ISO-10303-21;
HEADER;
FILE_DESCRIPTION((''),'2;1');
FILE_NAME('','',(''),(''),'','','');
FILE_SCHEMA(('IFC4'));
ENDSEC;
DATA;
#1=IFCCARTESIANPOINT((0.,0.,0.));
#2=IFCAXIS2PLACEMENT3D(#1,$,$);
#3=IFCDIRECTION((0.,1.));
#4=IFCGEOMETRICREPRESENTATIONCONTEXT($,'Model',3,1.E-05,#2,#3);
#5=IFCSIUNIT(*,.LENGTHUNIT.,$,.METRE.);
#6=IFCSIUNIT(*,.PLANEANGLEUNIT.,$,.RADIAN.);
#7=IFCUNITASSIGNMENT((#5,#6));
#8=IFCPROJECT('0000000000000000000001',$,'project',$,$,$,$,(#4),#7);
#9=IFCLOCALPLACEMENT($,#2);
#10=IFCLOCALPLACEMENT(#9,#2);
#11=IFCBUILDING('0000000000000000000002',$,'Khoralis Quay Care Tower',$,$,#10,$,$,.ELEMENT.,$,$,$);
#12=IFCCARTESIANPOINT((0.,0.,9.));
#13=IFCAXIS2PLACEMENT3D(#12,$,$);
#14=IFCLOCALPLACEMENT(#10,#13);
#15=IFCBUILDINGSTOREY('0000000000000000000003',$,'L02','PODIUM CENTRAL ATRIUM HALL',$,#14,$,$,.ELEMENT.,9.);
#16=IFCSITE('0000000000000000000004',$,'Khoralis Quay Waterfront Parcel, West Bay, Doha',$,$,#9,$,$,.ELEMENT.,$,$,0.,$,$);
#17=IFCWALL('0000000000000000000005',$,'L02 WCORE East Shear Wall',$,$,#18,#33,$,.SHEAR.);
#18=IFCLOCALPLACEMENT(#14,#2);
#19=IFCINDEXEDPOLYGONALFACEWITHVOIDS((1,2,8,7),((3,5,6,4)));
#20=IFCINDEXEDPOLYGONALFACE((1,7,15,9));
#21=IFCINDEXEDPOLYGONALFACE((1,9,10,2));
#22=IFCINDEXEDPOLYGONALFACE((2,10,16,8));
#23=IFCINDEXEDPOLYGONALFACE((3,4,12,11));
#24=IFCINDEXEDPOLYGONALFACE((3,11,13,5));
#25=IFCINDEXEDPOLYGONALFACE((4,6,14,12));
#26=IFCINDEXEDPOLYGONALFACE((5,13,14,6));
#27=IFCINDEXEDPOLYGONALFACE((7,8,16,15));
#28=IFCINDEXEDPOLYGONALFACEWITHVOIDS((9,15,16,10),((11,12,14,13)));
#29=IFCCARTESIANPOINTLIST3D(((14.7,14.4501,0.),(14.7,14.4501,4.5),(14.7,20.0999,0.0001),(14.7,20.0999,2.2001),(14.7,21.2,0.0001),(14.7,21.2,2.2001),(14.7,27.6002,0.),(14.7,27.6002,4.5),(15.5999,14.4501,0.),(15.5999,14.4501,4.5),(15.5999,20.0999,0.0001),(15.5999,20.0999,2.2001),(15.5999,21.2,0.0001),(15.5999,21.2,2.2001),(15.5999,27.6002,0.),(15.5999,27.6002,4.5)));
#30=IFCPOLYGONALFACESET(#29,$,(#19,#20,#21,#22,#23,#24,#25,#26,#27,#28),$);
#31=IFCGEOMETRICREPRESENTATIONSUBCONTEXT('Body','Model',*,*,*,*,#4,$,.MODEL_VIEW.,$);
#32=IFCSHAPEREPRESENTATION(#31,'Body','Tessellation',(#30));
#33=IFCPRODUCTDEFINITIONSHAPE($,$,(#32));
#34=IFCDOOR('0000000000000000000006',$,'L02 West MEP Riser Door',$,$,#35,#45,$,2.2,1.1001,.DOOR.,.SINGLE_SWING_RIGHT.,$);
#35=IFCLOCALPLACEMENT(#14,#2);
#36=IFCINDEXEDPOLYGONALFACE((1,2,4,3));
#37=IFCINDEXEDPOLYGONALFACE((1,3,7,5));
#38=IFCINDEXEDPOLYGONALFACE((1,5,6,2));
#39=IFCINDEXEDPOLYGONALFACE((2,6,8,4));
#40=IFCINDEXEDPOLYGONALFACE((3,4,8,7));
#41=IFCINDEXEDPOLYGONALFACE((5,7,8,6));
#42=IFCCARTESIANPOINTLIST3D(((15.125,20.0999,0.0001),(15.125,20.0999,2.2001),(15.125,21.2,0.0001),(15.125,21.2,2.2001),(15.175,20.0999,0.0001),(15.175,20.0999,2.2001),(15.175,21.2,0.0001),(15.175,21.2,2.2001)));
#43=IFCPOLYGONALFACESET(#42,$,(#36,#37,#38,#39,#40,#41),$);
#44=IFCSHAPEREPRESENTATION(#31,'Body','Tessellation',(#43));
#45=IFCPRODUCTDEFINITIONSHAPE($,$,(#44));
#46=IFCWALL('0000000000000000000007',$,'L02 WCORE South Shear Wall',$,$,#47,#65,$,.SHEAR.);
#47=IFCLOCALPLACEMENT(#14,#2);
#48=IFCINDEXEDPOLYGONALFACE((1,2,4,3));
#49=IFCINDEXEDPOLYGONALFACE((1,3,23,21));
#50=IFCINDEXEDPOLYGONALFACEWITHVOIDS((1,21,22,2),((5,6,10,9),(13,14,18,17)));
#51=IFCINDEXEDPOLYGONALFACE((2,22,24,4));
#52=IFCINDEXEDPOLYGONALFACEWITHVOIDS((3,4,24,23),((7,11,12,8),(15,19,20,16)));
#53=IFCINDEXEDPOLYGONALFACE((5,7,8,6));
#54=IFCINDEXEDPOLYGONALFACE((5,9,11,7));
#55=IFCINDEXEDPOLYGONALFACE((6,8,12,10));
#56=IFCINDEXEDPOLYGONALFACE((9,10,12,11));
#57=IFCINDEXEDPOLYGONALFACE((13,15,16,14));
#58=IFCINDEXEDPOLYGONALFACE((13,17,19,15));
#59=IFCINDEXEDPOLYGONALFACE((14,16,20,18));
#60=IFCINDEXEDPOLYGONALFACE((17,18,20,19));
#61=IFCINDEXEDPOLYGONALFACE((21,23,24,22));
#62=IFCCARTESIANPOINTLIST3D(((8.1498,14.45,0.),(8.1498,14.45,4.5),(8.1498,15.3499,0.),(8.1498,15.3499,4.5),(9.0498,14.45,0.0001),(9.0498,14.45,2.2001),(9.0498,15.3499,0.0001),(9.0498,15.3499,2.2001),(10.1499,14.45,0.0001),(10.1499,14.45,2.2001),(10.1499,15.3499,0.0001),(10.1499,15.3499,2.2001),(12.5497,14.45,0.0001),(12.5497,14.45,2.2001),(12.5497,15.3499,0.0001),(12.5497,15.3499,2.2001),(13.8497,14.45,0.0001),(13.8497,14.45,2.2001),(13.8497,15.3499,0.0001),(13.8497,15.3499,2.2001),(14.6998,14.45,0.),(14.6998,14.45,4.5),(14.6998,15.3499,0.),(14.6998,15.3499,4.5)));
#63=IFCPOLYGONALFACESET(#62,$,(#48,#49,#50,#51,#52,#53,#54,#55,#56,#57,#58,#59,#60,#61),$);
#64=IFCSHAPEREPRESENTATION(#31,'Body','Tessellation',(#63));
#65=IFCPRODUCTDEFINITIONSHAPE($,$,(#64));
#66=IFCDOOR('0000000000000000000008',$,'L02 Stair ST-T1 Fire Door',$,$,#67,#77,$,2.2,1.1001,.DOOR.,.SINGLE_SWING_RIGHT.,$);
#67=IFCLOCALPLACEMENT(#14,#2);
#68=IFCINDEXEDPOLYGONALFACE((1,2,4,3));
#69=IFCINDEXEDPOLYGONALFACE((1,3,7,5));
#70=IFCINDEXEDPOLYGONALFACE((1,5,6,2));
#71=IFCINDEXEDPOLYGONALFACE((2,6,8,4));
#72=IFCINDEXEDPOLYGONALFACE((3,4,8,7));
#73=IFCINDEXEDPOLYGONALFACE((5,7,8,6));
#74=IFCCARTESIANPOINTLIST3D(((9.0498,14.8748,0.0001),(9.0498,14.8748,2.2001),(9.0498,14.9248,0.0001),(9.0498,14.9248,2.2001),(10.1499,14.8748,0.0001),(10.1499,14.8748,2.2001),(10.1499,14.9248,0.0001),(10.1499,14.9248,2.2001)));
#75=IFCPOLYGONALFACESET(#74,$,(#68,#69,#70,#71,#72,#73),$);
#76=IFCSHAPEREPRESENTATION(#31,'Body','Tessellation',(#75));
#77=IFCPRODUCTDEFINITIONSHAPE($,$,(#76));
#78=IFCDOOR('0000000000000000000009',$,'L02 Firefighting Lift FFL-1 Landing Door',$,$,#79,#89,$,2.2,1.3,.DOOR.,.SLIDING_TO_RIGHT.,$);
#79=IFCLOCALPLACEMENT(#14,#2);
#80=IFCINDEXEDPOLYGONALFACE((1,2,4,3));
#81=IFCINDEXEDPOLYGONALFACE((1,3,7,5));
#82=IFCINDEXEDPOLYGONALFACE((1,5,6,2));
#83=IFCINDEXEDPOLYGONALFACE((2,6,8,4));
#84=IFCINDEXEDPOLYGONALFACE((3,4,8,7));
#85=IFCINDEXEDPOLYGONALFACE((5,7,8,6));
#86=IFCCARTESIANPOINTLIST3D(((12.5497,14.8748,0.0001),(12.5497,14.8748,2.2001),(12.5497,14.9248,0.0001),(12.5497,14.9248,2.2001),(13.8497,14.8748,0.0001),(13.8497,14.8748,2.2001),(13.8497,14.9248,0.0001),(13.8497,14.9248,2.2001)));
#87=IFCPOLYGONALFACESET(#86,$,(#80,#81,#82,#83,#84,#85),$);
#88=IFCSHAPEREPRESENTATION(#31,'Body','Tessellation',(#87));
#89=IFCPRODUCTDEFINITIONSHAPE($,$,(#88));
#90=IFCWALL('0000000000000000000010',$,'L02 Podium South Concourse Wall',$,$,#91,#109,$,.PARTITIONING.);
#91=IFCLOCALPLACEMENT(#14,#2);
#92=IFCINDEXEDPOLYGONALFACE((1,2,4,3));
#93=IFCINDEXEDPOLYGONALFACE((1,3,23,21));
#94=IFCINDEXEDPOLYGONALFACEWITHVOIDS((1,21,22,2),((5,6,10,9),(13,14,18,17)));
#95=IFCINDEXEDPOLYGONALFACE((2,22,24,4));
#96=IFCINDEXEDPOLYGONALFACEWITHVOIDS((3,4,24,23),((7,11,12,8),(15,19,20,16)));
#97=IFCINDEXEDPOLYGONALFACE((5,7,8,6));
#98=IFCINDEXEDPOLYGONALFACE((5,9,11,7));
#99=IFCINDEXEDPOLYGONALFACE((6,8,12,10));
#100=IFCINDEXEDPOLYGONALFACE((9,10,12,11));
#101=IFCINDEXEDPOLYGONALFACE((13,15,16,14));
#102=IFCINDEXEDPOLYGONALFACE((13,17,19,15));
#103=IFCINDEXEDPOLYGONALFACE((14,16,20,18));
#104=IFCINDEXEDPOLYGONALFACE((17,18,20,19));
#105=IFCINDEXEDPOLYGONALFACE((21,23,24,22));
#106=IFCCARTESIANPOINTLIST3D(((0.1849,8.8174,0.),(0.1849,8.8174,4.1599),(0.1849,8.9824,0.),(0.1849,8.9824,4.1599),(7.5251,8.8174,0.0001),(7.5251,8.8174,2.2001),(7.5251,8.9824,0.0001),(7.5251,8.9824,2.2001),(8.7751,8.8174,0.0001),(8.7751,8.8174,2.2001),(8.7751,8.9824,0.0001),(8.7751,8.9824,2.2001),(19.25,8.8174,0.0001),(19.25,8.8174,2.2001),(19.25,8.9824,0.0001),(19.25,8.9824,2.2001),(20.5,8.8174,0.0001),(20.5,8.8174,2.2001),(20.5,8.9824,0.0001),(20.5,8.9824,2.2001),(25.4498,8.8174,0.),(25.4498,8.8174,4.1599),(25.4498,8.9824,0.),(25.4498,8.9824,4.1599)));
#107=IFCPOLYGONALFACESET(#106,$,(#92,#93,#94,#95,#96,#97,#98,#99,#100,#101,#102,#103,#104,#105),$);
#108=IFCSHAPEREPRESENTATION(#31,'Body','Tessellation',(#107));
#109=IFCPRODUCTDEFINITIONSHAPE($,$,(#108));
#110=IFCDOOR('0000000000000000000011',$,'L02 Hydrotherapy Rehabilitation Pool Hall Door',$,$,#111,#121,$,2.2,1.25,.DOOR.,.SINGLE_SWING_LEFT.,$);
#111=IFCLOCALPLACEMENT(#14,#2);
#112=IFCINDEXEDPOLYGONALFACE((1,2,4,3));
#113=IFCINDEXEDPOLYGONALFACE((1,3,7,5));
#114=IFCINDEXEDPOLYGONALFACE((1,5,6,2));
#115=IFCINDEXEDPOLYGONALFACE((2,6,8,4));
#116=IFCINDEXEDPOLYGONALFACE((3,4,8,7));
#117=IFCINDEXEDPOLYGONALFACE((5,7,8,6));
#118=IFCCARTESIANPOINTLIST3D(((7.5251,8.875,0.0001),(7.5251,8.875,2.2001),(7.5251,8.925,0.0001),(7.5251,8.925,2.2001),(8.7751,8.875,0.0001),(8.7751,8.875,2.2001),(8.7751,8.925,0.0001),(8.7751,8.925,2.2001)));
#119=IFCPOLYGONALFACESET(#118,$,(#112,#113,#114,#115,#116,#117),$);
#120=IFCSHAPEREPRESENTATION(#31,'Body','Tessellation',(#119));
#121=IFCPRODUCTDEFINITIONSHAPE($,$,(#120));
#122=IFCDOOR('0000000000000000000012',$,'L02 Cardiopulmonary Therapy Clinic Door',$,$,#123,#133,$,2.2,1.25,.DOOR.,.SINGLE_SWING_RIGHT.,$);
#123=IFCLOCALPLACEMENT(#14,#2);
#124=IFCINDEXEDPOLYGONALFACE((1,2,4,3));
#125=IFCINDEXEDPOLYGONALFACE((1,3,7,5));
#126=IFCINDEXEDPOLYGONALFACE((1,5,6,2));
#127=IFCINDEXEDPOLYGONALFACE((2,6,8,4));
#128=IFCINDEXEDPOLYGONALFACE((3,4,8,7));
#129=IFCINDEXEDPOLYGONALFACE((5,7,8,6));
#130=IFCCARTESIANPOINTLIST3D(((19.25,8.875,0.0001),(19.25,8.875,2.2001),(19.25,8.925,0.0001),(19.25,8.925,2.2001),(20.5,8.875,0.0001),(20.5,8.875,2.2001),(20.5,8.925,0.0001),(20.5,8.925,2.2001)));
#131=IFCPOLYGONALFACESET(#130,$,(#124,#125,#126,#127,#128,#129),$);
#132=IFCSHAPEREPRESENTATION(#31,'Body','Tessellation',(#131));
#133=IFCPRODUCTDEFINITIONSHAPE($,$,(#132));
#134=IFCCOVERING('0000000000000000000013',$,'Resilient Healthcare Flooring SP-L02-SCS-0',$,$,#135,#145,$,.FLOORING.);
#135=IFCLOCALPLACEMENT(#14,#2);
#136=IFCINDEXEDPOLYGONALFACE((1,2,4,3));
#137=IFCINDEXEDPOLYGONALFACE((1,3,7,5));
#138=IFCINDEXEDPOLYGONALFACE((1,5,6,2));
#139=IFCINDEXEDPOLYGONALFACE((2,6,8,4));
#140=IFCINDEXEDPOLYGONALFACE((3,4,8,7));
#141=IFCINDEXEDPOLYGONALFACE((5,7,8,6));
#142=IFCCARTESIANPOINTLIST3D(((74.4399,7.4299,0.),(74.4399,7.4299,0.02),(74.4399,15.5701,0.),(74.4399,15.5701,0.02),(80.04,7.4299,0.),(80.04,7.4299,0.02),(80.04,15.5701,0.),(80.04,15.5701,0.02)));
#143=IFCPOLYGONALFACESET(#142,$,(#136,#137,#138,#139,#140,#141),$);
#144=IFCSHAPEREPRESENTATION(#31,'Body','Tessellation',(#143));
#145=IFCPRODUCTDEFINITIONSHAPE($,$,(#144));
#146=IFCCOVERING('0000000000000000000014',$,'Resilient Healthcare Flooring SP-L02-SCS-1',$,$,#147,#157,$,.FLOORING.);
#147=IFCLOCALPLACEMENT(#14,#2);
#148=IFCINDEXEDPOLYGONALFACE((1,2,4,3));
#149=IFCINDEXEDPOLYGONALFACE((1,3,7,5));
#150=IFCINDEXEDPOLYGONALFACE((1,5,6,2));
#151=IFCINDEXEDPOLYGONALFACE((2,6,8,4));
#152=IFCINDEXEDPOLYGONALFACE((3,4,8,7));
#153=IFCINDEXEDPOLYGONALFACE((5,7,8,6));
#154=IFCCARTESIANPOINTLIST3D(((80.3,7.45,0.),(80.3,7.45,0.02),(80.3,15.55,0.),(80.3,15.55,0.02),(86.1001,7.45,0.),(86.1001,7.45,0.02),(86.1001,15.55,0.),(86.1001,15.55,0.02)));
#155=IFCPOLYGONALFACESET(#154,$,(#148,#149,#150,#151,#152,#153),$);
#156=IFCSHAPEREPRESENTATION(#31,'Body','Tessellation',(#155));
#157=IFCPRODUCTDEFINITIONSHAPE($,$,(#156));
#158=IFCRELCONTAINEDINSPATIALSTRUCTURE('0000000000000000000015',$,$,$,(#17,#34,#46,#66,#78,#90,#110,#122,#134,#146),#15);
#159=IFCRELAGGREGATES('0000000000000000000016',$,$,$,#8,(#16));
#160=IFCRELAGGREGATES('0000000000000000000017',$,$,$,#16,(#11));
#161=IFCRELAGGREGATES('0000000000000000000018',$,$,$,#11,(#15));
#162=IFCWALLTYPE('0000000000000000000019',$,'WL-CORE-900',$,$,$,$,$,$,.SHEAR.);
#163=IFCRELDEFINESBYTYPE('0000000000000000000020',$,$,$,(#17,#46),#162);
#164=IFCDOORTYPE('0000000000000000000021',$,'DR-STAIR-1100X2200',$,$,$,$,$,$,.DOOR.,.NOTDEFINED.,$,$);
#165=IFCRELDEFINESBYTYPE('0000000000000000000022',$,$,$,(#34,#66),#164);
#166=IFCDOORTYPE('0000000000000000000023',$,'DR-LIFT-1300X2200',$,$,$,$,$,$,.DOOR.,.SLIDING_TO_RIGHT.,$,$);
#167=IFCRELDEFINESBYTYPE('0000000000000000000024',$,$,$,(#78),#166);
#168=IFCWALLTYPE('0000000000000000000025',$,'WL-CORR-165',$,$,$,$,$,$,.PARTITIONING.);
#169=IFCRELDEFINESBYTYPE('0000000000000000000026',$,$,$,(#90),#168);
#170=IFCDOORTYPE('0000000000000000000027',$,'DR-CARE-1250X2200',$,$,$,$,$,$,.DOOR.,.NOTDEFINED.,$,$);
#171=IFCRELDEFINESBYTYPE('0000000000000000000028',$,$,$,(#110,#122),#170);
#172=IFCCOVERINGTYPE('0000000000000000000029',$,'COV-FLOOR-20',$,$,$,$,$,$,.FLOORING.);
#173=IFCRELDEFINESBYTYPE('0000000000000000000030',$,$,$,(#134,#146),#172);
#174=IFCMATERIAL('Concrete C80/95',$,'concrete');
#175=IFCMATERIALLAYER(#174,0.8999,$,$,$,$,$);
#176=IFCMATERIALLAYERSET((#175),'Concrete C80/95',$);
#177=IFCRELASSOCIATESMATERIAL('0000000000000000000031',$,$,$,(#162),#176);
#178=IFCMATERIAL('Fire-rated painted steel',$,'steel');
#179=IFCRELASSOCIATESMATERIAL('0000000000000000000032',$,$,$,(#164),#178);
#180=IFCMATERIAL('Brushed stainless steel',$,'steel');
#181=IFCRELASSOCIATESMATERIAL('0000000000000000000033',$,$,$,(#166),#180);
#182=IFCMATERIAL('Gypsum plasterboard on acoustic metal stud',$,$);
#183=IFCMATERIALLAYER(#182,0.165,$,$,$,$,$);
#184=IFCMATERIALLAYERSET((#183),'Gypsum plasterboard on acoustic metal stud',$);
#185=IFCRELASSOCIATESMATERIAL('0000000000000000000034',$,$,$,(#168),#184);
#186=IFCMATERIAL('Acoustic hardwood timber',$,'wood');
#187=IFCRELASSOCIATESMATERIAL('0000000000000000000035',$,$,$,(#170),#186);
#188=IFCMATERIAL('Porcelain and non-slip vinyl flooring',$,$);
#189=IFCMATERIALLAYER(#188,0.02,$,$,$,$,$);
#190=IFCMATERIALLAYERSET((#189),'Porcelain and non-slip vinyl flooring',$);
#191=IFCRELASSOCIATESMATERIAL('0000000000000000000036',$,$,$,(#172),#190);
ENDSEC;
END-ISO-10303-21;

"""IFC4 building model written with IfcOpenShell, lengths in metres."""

from ifc_helpers import new_model, si_unit, direction, frame, frame_2d, origin, place, context, subcontext, project, spatial, polyline, rectangle, outline, extrude, source, transform, mapped, material, layer, layer_set, type_object, element, fill, save


model = new_model("IFC4")

# Units and contexts
model_context = context("Model", 3, precision=1e-05, world=origin(), true_north=direction((0.0, 1.0)))
body_context = subcontext(model_context, "Body", "Model", "MODEL_VIEW")
ifc_project = project(units=[si_unit("LENGTHUNIT", "METRE"), si_unit("PLANEANGLEUNIT", "RADIAN")], contexts=[model_context])

# Site, building, storey
site_placement = place(None, origin())
site = spatial("IfcSite", under=ifc_project, at=site_placement, Name="Khoralis Quay Waterfront Parcel, West Bay, Doha", CompositionType="ELEMENT", RefElevation=0.0)
building_placement = place(site_placement, origin())
building = spatial("IfcBuilding", under=site, at=building_placement, Name="Khoralis Quay Care Tower", CompositionType="ELEMENT")
storey_placement = place(building_placement, frame((0.0, 0.0, 9.0)))
storey = spatial("IfcBuildingStorey", under=building, at=storey_placement, Name="L02", Description="PODIUM CENTRAL ATRIUM HALL", CompositionType="ELEMENT", Elevation=9.0)

# Shared definitions
ifc_material_1 = material(Name="Concrete C80/95", Category="concrete")

# Shared definitions
ifc_material_2 = material(Name="Gypsum plasterboard on acoustic metal stud")
ifc_material_3 = material(Name="Fire-rated painted steel", Category="steel")

# Shared definitions
ifc_layer_1 = layer(ifc_material_1, 0.8999)
ifc_layer_set_1 = layer_set([ifc_layer_1], Name="Concrete C80/95")
wall_type_1 = type_object("IfcWallType", Name="WL-CORE-900", PredefinedType="SHEAR", material=ifc_layer_set_1)

# Wall, opening, door
wall_1_placement = place(storey_placement, frame((15.1499, 14.45, 0.0), z_axis=(0.0, 0.0, 1.0), x_axis=(0.0, 1.0, 0.0)))
wall_1 = element("IfcWall", 1, at=wall_1_placement, inside=storey, type_object=wall_type_1, Name="L02 WCORE East Shear Wall", PredefinedType="SHEAR", context=body_context, shape_type="SweptSolid", body=[
    extrude(rectangle(XDim=13.1501, YDim=0.8999, at=frame_2d((6.5752, 0.0))), origin(), (0.0, 0.0, 1.0), 4.5),
])
opening_1_placement = place(wall_1_placement, frame((5.6499, 0.0, 0.0)))
opening_1 = element("IfcOpeningElement", 2, at=opening_1_placement, cuts=wall_1, PredefinedType="OPENING", context=body_context, shape_type="SweptSolid", body=[
    extrude(rectangle(XDim=1.1001, YDim=2.2, at=frame_2d((0.55, 1.1001))), frame((0.0, 0.46, 0.0), z_axis=(0.0, -1.0, 0.0), x_axis=(1.0, 0.0, 0.0)), (0.0, 0.0, 1.0), 0.9199),
])
door_type_1 = type_object("IfcDoorType", Name="DR-STAIR-1100X2200", OperationType="NOTDEFINED", PredefinedType="DOOR", material=ifc_material_3)
shared_shape_1 = source(origin(), body_context, "Body", "SweptSolid", [
    extrude(rectangle(XDim=1.1001, YDim=2.2, at=frame_2d((0.55, 1.1001))), frame((0.0, 0.0249, 0.0), z_axis=(0.0, -1.0, 0.0), x_axis=(1.0, 0.0, 0.0)), (0.0, 0.0, 1.0), 0.05),
])
door_1_placement = place(opening_1_placement, origin())
door_1 = element("IfcDoor", 3, at=door_1_placement, inside=storey, type_object=door_type_1, Name="L02 West MEP Riser Door", OperationType="SINGLE_SWING_RIGHT", OverallHeight=2.2, OverallWidth=1.1001, PredefinedType="DOOR", context=body_context, shape_type="MappedRepresentation", body=[
    mapped(shared_shape_1, transform((0.0, 0.0, 0.0), scale=1.0)),
])
fill(opening_1, door_1)

# Walls, openings, doors
wall_2_placement = place(storey_placement, frame((8.1499, 14.8999, 0.0), z_axis=(0.0, 0.0, 1.0), x_axis=(1.0, 0.0, 0.0)))
wall_2 = element("IfcWall", 4, at=wall_2_placement, inside=storey, type_object=wall_type_1, Name="L02 WCORE South Shear Wall", PredefinedType="SHEAR", context=body_context, shape_type="SweptSolid", body=[
    extrude(rectangle(XDim=6.55, YDim=0.8999, at=frame_2d((3.2749, 0.0))), origin(), (0.0, 0.0, 1.0), 4.5),
])
opening_2_placement = place(wall_2_placement, frame((0.8999, 0.0, 0.0)))
opening_2 = element("IfcOpeningElement", 5, at=opening_2_placement, cuts=wall_2, PredefinedType="OPENING", context=body_context, shape_type="SweptSolid", body=[
    extrude(rectangle(XDim=1.1001, YDim=2.2, at=frame_2d((0.55, 1.1001))), frame((0.0, 0.46, 0.0), z_axis=(0.0, -1.0, 0.0), x_axis=(1.0, 0.0, 0.0)), (0.0, 0.0, 1.0), 0.9199),
])
opening_3_placement = place(wall_2_placement, frame((4.3999, 0.0, 0.0)))
opening_3 = element("IfcOpeningElement", 6, at=opening_3_placement, cuts=wall_2, PredefinedType="OPENING", context=body_context, shape_type="SweptSolid", body=[
    extrude(rectangle(XDim=1.3, YDim=2.2, at=frame_2d((0.6499, 1.1001))), frame((0.0, 0.46, 0.0), z_axis=(0.0, -1.0, 0.0), x_axis=(1.0, 0.0, 0.0)), (0.0, 0.0, 1.0), 0.9199),
])
door_2_placement = place(opening_2_placement, origin())
door_2 = element("IfcDoor", 7, at=door_2_placement, inside=storey, type_object=door_type_1, Name="L02 Stair ST-T1 Fire Door", OperationType="SINGLE_SWING_RIGHT", OverallHeight=2.2, OverallWidth=1.1001, PredefinedType="DOOR", context=body_context, shape_type="MappedRepresentation", body=[
    mapped(shared_shape_1, transform((0.0, 0.0, 0.0), scale=1.0)),
])
fill(opening_2, door_2)
ifc_material_4 = material(Name="Brushed stainless steel", Category="steel")
door_type_2 = type_object("IfcDoorType", Name="DR-LIFT-1300X2200", OperationType="SLIDING_TO_RIGHT", PredefinedType="DOOR", material=ifc_material_4)
shared_shape_2 = source(origin(), body_context, "Body", "SweptSolid", [
    extrude(rectangle(XDim=1.3, YDim=2.2, at=frame_2d((0.6499, 1.1001))), frame((0.0, 0.0249, 0.0), z_axis=(0.0, -1.0, 0.0), x_axis=(1.0, 0.0, 0.0)), (0.0, 0.0, 1.0), 0.05),
])
door_3_placement = place(opening_3_placement, origin())
door_3 = element("IfcDoor", 8, at=door_3_placement, inside=storey, type_object=door_type_2, Name="L02 Firefighting Lift FFL-1 Landing Door", OperationType="SLIDING_TO_RIGHT", OverallHeight=2.2, OverallWidth=1.3, PredefinedType="DOOR", context=body_context, shape_type="MappedRepresentation", body=[
    mapped(shared_shape_2, transform((0.0, 0.0, 0.0), scale=1.0)),
])
fill(opening_3, door_3)
ifc_layer_2 = layer(ifc_material_2, 0.165)
ifc_layer_set_2 = layer_set([ifc_layer_2], Name="Gypsum plasterboard on acoustic metal stud")
wall_type_2 = type_object("IfcWallType", Name="WL-CORR-165", PredefinedType="PARTITIONING", material=ifc_layer_set_2)
wall_3_placement = place(storey_placement, frame((0.1851, 8.8999, 0.0), z_axis=(0.0, 0.0, 1.0), x_axis=(1.0, 0.0, 0.0)))
wall_3 = element("IfcWall", 9, at=wall_3_placement, inside=storey, type_object=wall_type_2, Name="L02 Podium South Concourse Wall", PredefinedType="PARTITIONING", context=body_context, shape_type="SweptSolid", body=[
    extrude(rectangle(XDim=25.2649, YDim=0.165, at=frame_2d((12.6323, 0.0))), origin(), (0.0, 0.0, 1.0), 4.1599),
])
opening_4_placement = place(wall_3_placement, frame((7.3401, 0.0, 0.0)))
opening_4 = element("IfcOpeningElement", 10, at=opening_4_placement, cuts=wall_3, PredefinedType="OPENING", context=body_context, shape_type="SweptSolid", body=[
    extrude(rectangle(XDim=1.25, YDim=2.2, at=frame_2d((0.625, 1.1001))), frame((0.0, 0.0925, 0.0), z_axis=(0.0, -1.0, 0.0), x_axis=(1.0, 0.0, 0.0)), (0.0, 0.0, 1.0), 0.1851),
])
opening_5_placement = place(wall_3_placement, frame((19.0649, 0.0, 0.0)))
opening_5 = element("IfcOpeningElement", 11, at=opening_5_placement, cuts=wall_3, PredefinedType="OPENING", context=body_context, shape_type="SweptSolid", body=[
    extrude(rectangle(XDim=1.25, YDim=2.2, at=frame_2d((0.625, 1.1001))), frame((0.0, 0.0925, 0.0), z_axis=(0.0, -1.0, 0.0), x_axis=(1.0, 0.0, 0.0)), (0.0, 0.0, 1.0), 0.1851),
])
ifc_material_5 = material(Name="Acoustic hardwood timber", Category="wood")
door_type_3 = type_object("IfcDoorType", Name="DR-CARE-1250X2200", OperationType="NOTDEFINED", PredefinedType="DOOR", material=ifc_material_5)
shared_shape_3 = source(origin(), body_context, "Body", "SweptSolid", [
    extrude(rectangle(XDim=1.25, YDim=2.2, at=frame_2d((0.625, 1.1001))), frame((0.0, 0.0249, 0.0), z_axis=(0.0, -1.0, 0.0), x_axis=(1.0, 0.0, 0.0)), (0.0, 0.0, 1.0), 0.05),
])
door_4_placement = place(opening_4_placement, frame((1.25, 0.0, 0.0), z_axis=(0.0, 0.0, 1.0), x_axis=(-1.0, 0.0, 0.0)))
door_4 = element("IfcDoor", 12, at=door_4_placement, inside=storey, type_object=door_type_3, Name="L02 Hydrotherapy Rehabilitation Pool Hall Door", OperationType="SINGLE_SWING_LEFT", OverallHeight=2.2, OverallWidth=1.25, PredefinedType="DOOR", context=body_context, shape_type="MappedRepresentation", body=[
    mapped(shared_shape_3, transform((0.0, 0.0, 0.0), scale=1.0)),
])
fill(opening_4, door_4)
door_5_placement = place(opening_5_placement, frame((1.25, 0.0, 0.0), z_axis=(0.0, 0.0, 1.0), x_axis=(-1.0, 0.0, 0.0)))
door_5 = element("IfcDoor", 13, at=door_5_placement, inside=storey, type_object=door_type_3, Name="L02 Cardiopulmonary Therapy Clinic Door", OperationType="SINGLE_SWING_RIGHT", OverallHeight=2.2, OverallWidth=1.25, PredefinedType="DOOR", context=body_context, shape_type="MappedRepresentation", body=[
    mapped(shared_shape_3, transform((0.0, 0.0, 0.0), scale=1.0)),
])
fill(opening_5, door_5)

# Coverings
ifc_material_6 = material(Name="Porcelain and non-slip vinyl flooring")
ifc_layer_3 = layer(ifc_material_6, 0.02)
ifc_layer_set_3 = layer_set([ifc_layer_3], Name="Porcelain and non-slip vinyl flooring")
covering_type = type_object("IfcCoveringType", Name="COV-FLOOR-20", PredefinedType="FLOORING", material=ifc_layer_set_3)
covering_1_placement = place(storey_placement, origin())
element("IfcCovering", 14, at=covering_1_placement, inside=storey, type_object=covering_type, Name="Resilient Healthcare Flooring SP-L02-SCS-0", PredefinedType="FLOORING", context=body_context, shape_type="SweptSolid", body=[
    extrude(outline(polyline([(74.4399, 7.4299), (80.04, 7.4299), (80.04, 15.5701), (74.4399, 15.5701), (74.4399, 7.4299)])), origin(), (0.0, 0.0, 1.0), 0.02),
])
covering_2_placement = place(storey_placement, origin())
element("IfcCovering", 15, at=covering_2_placement, inside=storey, type_object=covering_type, Name="Resilient Healthcare Flooring SP-L02-SCS-1", PredefinedType="FLOORING", context=body_context, shape_type="SweptSolid", body=[
    extrude(outline(polyline([(80.3, 7.45), (86.1001, 7.45), (86.1001, 15.55), (80.3, 15.55), (80.3, 7.45)])), origin(), (0.0, 0.0, 1.0), 0.02),
])

save(model, "model.ifc")
